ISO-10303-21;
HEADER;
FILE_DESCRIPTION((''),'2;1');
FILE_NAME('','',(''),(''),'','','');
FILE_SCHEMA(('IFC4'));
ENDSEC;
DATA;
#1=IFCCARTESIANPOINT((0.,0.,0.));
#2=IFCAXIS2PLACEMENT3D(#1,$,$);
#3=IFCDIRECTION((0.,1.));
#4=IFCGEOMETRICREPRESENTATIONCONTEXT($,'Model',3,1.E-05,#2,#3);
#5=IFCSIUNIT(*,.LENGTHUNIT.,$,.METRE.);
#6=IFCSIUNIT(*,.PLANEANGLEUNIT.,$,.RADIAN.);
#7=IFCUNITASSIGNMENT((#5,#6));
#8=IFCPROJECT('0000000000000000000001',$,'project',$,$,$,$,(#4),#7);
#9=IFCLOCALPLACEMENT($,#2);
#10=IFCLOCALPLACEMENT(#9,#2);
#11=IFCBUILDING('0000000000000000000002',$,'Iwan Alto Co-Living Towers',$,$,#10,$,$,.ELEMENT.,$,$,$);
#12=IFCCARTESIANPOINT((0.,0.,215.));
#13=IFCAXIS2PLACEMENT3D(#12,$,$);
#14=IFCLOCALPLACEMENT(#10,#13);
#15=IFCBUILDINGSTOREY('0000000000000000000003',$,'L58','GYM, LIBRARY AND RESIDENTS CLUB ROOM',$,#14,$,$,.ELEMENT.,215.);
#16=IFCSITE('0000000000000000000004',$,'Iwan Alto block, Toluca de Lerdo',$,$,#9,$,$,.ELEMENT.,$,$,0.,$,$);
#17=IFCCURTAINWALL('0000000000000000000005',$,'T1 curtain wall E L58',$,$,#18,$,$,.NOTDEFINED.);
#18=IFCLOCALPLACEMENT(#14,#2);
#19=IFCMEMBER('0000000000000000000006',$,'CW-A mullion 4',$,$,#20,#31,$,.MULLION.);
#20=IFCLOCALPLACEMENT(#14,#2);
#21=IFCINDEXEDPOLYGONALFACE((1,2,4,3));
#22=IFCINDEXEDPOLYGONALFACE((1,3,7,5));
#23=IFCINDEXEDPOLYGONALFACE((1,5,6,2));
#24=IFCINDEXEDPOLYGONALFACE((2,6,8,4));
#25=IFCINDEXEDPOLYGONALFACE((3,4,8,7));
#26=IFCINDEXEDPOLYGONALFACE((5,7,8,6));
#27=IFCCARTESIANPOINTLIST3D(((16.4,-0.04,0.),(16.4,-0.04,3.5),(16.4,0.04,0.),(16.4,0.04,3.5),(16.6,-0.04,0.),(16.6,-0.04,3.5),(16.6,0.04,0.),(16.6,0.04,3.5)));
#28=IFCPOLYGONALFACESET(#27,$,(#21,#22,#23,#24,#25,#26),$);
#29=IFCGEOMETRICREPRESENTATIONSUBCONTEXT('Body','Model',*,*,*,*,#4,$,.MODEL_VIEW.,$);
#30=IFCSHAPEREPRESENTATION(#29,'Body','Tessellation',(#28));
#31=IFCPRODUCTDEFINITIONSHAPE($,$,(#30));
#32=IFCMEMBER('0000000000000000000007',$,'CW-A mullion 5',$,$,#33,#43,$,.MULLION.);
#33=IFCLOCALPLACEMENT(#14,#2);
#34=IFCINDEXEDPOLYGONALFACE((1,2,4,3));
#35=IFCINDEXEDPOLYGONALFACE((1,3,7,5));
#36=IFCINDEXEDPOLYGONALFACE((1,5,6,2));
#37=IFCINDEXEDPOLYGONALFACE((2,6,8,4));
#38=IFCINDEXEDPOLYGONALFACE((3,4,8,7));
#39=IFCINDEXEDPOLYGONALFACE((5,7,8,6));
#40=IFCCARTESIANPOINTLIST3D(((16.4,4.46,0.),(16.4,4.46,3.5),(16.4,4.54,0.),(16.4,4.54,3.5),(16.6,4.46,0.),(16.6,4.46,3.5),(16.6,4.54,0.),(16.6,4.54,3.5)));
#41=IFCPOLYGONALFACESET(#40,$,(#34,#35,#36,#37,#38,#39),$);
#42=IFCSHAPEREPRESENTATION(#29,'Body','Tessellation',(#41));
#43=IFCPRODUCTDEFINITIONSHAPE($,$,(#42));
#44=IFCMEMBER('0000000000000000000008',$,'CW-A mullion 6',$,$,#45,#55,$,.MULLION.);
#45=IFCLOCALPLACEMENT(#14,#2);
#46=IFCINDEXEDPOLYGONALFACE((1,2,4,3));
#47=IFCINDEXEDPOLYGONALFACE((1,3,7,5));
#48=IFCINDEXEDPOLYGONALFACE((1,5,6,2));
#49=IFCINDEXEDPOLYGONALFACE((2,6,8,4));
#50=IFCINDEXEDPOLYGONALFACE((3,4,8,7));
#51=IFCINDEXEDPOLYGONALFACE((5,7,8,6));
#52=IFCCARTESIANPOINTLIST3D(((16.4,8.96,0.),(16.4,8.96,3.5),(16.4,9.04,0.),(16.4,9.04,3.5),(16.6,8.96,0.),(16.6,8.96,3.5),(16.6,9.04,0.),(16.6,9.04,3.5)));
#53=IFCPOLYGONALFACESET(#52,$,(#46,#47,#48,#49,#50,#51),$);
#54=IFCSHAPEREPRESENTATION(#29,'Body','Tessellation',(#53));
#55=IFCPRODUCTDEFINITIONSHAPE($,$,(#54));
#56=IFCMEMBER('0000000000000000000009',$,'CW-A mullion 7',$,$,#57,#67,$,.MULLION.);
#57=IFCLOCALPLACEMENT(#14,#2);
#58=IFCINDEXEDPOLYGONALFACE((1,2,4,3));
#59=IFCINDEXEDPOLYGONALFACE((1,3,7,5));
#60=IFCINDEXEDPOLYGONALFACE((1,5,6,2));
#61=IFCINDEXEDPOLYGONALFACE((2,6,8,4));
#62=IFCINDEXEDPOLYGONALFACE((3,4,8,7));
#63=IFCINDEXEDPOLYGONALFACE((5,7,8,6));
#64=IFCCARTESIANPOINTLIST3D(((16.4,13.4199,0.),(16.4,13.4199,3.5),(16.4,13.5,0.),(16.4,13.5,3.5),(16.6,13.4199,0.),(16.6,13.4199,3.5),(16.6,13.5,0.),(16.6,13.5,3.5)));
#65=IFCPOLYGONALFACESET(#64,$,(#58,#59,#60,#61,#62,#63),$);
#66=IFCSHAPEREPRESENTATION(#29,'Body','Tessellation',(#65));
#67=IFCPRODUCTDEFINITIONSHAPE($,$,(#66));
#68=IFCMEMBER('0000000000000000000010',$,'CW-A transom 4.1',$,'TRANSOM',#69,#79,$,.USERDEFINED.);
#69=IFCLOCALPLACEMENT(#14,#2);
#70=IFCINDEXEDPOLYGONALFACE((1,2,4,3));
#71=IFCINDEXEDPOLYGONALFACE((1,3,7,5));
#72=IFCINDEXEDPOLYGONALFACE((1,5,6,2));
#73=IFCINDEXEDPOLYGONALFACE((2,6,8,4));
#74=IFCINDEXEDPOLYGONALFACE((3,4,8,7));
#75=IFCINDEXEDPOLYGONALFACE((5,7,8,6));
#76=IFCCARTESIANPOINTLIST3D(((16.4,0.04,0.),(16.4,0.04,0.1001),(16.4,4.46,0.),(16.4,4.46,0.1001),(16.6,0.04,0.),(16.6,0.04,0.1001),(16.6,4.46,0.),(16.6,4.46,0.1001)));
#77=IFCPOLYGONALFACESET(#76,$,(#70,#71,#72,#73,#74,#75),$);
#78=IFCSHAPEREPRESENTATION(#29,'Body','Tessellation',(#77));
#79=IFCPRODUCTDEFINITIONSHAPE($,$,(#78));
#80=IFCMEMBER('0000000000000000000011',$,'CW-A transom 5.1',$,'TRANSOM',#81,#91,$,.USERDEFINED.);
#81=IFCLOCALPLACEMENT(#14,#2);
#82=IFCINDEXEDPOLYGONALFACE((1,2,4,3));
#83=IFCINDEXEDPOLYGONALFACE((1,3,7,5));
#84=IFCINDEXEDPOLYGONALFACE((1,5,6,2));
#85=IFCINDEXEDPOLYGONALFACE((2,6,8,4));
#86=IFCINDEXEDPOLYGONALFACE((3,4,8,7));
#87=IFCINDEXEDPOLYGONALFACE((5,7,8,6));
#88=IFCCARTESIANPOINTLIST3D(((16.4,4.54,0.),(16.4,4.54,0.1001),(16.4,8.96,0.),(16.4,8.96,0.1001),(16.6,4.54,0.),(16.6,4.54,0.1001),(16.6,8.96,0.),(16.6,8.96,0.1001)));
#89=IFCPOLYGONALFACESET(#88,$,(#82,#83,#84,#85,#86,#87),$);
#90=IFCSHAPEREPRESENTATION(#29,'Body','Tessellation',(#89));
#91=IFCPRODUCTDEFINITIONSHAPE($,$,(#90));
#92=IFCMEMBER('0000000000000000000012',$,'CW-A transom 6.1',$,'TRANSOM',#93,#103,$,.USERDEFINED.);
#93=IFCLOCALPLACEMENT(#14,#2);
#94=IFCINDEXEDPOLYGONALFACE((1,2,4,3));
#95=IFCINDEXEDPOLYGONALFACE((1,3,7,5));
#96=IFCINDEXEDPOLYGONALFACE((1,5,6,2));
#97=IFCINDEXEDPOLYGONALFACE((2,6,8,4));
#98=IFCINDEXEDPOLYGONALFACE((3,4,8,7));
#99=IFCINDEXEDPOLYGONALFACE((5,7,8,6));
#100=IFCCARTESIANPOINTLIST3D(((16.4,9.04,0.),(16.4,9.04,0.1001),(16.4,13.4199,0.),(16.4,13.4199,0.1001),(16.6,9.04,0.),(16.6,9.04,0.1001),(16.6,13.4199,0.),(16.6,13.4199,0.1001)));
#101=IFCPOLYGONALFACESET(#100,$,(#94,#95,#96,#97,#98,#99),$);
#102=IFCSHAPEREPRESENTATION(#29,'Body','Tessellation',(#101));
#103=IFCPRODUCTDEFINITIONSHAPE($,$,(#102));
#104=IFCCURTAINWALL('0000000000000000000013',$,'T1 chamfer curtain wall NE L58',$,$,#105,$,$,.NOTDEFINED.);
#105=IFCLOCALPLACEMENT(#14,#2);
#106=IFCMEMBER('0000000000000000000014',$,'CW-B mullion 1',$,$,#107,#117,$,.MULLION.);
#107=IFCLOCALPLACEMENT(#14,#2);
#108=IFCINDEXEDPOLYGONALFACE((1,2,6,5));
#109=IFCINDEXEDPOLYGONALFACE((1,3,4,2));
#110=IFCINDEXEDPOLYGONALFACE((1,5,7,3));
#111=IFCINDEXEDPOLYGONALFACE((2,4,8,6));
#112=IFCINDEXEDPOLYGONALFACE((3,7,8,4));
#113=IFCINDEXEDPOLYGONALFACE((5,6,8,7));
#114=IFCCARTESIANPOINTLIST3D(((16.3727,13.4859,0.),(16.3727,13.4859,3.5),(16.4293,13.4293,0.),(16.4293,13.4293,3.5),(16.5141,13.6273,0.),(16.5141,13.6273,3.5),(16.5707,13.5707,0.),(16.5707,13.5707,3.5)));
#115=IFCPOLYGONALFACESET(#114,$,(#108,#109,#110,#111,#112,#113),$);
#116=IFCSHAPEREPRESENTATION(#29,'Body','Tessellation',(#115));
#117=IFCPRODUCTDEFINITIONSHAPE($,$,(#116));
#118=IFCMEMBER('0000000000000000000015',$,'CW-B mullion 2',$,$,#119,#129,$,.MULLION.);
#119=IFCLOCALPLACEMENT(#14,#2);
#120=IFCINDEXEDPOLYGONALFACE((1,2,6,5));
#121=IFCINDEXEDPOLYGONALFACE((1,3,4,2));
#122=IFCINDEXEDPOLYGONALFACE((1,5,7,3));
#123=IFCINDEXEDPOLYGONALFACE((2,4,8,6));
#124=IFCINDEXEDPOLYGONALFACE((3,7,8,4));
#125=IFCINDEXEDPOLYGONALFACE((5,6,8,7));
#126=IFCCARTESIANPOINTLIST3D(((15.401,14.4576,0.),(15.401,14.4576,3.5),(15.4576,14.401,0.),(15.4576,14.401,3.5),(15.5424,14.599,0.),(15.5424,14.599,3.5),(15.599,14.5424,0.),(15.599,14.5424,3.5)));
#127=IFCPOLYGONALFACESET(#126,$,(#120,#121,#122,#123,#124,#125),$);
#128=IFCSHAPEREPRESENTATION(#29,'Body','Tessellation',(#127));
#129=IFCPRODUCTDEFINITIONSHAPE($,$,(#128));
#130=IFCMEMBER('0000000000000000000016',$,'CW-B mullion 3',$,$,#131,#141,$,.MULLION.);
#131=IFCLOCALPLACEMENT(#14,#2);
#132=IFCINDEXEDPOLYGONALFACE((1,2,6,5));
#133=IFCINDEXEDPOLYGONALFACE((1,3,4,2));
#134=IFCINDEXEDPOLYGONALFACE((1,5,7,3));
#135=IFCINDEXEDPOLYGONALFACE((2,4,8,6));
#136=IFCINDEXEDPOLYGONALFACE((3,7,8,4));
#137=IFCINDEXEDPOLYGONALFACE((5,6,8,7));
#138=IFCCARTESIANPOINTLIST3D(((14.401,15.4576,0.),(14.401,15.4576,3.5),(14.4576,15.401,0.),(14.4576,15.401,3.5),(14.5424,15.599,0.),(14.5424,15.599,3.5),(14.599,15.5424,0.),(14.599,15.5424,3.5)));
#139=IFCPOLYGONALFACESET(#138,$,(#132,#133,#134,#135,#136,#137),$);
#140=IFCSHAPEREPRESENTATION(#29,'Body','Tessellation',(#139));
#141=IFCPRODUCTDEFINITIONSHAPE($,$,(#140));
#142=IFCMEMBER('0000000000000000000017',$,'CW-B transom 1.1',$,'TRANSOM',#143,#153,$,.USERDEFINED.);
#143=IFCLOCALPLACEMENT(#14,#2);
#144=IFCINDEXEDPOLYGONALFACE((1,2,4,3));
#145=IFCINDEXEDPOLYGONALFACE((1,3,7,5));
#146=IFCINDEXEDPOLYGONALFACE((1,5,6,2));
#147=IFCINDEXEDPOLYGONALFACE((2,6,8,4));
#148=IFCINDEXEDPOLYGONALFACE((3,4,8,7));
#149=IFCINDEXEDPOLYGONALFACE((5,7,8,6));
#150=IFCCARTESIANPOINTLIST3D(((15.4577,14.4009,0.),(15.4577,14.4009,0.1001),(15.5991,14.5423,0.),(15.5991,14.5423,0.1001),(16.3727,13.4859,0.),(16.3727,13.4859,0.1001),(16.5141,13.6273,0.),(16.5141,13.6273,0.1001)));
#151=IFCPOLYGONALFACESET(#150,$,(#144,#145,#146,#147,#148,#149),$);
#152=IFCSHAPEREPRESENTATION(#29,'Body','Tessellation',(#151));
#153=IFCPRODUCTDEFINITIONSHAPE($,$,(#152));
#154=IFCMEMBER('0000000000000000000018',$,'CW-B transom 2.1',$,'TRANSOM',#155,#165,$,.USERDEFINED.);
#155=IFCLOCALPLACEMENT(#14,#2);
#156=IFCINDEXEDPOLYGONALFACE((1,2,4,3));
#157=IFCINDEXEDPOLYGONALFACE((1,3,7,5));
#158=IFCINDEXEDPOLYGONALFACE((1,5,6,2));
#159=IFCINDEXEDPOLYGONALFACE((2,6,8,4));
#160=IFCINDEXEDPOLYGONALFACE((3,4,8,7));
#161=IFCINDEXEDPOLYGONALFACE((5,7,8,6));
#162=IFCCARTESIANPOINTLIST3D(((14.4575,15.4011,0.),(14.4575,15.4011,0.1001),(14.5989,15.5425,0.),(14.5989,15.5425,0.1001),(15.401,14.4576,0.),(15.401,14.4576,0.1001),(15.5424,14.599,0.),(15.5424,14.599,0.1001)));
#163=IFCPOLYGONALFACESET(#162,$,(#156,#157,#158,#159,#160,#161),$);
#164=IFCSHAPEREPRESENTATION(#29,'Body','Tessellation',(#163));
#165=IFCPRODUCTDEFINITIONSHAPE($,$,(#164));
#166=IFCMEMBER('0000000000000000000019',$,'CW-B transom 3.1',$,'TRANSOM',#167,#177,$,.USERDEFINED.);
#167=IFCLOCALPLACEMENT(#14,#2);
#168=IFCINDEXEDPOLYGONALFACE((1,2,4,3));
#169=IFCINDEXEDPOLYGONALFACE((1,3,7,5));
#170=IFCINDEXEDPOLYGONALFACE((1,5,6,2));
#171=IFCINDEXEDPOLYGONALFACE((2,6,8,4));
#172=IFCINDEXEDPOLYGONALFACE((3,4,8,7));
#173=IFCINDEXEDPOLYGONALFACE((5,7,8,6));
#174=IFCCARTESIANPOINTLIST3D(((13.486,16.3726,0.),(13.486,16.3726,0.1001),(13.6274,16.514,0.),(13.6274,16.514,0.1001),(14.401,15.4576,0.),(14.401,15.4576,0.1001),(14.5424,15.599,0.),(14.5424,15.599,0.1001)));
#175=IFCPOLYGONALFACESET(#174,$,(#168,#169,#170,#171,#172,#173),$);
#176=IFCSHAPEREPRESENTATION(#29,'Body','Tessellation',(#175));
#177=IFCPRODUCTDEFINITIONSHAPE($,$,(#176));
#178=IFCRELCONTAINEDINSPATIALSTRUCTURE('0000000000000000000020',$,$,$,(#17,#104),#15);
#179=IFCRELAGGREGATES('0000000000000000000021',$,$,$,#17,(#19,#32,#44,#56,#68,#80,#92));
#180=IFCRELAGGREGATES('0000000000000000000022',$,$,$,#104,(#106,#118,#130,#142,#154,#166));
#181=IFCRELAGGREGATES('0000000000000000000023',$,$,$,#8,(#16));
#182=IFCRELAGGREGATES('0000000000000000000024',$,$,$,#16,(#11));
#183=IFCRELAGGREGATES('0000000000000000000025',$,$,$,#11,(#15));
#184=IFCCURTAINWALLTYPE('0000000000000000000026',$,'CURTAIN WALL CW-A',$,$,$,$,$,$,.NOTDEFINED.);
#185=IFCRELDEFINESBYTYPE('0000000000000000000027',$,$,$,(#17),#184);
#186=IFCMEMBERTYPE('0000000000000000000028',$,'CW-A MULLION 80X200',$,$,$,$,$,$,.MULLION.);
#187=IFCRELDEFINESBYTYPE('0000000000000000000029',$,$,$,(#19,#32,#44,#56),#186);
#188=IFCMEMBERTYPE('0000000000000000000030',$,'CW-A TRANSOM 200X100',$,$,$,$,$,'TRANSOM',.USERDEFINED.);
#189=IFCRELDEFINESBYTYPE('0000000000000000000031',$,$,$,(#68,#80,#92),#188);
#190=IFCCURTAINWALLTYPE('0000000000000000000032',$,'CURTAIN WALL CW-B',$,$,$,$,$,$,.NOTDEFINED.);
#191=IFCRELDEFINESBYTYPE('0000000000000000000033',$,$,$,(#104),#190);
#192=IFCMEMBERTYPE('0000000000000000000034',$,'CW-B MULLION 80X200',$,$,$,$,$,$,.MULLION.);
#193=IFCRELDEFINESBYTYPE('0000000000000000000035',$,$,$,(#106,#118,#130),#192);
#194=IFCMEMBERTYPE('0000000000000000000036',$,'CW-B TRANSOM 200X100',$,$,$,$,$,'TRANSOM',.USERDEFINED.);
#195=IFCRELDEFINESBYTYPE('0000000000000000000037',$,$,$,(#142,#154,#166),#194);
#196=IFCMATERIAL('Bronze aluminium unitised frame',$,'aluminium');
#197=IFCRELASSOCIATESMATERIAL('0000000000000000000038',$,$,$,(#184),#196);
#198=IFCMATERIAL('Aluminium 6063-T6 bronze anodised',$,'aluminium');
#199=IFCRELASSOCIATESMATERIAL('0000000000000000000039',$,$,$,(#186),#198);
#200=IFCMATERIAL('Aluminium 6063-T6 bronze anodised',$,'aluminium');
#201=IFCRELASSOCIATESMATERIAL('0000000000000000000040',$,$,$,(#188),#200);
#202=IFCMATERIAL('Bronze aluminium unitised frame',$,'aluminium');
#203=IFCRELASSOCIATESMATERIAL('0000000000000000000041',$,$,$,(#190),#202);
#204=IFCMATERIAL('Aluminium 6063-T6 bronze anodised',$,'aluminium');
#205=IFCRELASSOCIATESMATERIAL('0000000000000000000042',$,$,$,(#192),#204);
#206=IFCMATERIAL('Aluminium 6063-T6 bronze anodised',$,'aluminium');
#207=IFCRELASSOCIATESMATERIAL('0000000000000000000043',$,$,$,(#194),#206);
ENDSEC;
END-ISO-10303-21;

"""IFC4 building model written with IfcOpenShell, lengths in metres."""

from ifc_helpers import new_model, si_unit, direction, frame, origin, origin_2d, place, context, subcontext, project, spatial, rectangle, extrude, material, material_profile, profile_set, type_object, element, aggregate, save


model = new_model("IFC4")

# Units and contexts
model_context = context("Model", 3, precision=1e-05, world=origin(), true_north=direction((0.0, 1.0)))
body_context = subcontext(model_context, "Body", "Model", "MODEL_VIEW")
ifc_project = project(units=[si_unit("LENGTHUNIT", "METRE"), si_unit("PLANEANGLEUNIT", "RADIAN")], contexts=[model_context])

# Site, building, storey
site_placement = place(None, origin())
site = spatial("IfcSite", under=ifc_project, at=site_placement, Name="Iwan Alto block, Toluca de Lerdo", CompositionType="ELEMENT", RefElevation=0.0)
building_placement = place(site_placement, origin())
building = spatial("IfcBuilding", under=site, at=building_placement, Name="Iwan Alto Co-Living Towers", CompositionType="ELEMENT")
storey_placement = place(building_placement, frame((0.0, 0.0, 215.0)))
storey = spatial("IfcBuildingStorey", under=building, at=storey_placement, Name="L58", Description="GYM, LIBRARY AND RESIDENTS CLUB ROOM", CompositionType="ELEMENT", Elevation=215.0)

# Curtain walls, members
ifc_material_1 = material(Name="Bronze aluminium unitised frame", Category="aluminium")
curtain_wall_type_1 = type_object("IfcCurtainWallType", Name="CURTAIN WALL CW-A", PredefinedType="NOTDEFINED", material=ifc_material_1)
curtain_wall_1_placement = place(storey_placement, origin())
curtain_wall_1 = element("IfcCurtainWall", 1, at=curtain_wall_1_placement, inside=storey, type_object=curtain_wall_type_1, Name="T1 curtain wall E L58", PredefinedType="NOTDEFINED")
ifc_material_2 = material(Name="Aluminium 6063-T6 bronze anodised", Category="aluminium")
ifc_material_profile_1 = material_profile(ifc_material_2, rectangle(XDim=0.2, YDim=0.0801, at=origin_2d()), Name="AL 80X200")
ifc_profile_set_1 = profile_set([ifc_material_profile_1], Name="Aluminium 6063-T6 bronze anodised")
member_type_1 = type_object("IfcMemberType", Name="CW-A MULLION 80X200", PredefinedType="MULLION", material=ifc_profile_set_1)
member_1_placement = place(storey_placement, frame((16.5, 0.0, 0.0), z_axis=(0.0, 0.0, 1.0), x_axis=(-1.0, 0.0, 0.0)))
member_1 = element("IfcMember", 2, at=member_1_placement, type_object=member_type_1, Name="CW-A mullion 4", PredefinedType="MULLION", context=body_context, shape_type="SweptSolid", body=[
    extrude(rectangle(XDim=0.2, YDim=0.0801, at=origin_2d()), origin(), (0.0, 0.0, 1.0), 3.5),
])
member_2_placement = place(storey_placement, frame((16.5, 4.5, 0.0), z_axis=(0.0, 0.0, 1.0), x_axis=(-1.0, 0.0, 0.0)))
member_2 = element("IfcMember", 3, at=member_2_placement, type_object=member_type_1, Name="CW-A mullion 5", PredefinedType="MULLION", context=body_context, shape_type="SweptSolid", body=[
    extrude(rectangle(XDim=0.2, YDim=0.0801, at=origin_2d()), origin(), (0.0, 0.0, 1.0), 3.5),
])
member_3_placement = place(storey_placement, frame((16.5, 9.0, 0.0), z_axis=(0.0, 0.0, 1.0), x_axis=(-1.0, 0.0, 0.0)))
member_3 = element("IfcMember", 4, at=member_3_placement, type_object=member_type_1, Name="CW-A mullion 6", PredefinedType="MULLION", context=body_context, shape_type="SweptSolid", body=[
    extrude(rectangle(XDim=0.2, YDim=0.0801, at=origin_2d()), origin(), (0.0, 0.0, 1.0), 3.5),
])
member_4_placement = place(storey_placement, frame((16.5, 13.46, 0.0), z_axis=(0.0, 0.0, 1.0), x_axis=(-1.0, 0.0, 0.0)))
member_4 = element("IfcMember", 5, at=member_4_placement, type_object=member_type_1, Name="CW-A mullion 7", PredefinedType="MULLION", context=body_context, shape_type="SweptSolid", body=[
    extrude(rectangle(XDim=0.2, YDim=0.0801, at=origin_2d()), origin(), (0.0, 0.0, 1.0), 3.5),
])
ifc_material_3 = material(Name="Aluminium 6063-T6 bronze anodised", Category="aluminium")
ifc_material_profile_2 = material_profile(ifc_material_3, rectangle(XDim=0.2, YDim=0.1001, at=origin_2d()), Name="AL 200X100")
ifc_profile_set_2 = profile_set([ifc_material_profile_2], Name="Aluminium 6063-T6 bronze anodised")
member_type_2 = type_object("IfcMemberType", Name="CW-A TRANSOM 200X100", ElementType="TRANSOM", PredefinedType="USERDEFINED", material=ifc_profile_set_2)
member_5_placement = place(storey_placement, frame((16.5, 0.04, 0.05), z_axis=(0.0, 1.0, 0.0), x_axis=(-1.0, 0.0, 0.0)))
member_5 = element("IfcMember", 6, at=member_5_placement, type_object=member_type_2, Name="CW-A transom 4.1", ObjectType="TRANSOM", PredefinedType="USERDEFINED", context=body_context, shape_type="SweptSolid", body=[
    extrude(rectangle(XDim=0.2, YDim=0.1001, at=origin_2d()), origin(), (0.0, 0.0, 1.0), 4.4199),
])
member_6_placement = place(storey_placement, frame((16.5, 4.54, 0.05), z_axis=(0.0, 1.0, 0.0), x_axis=(-1.0, 0.0, 0.0)))
member_6 = element("IfcMember", 7, at=member_6_placement, type_object=member_type_2, Name="CW-A transom 5.1", ObjectType="TRANSOM", PredefinedType="USERDEFINED", context=body_context, shape_type="SweptSolid", body=[
    extrude(rectangle(XDim=0.2, YDim=0.1001, at=origin_2d()), origin(), (0.0, 0.0, 1.0), 4.4199),
])
member_7_placement = place(storey_placement, frame((16.5, 9.04, 0.05), z_axis=(0.0, 1.0, 0.0), x_axis=(-1.0, 0.0, 0.0)))
member_7 = element("IfcMember", 8, at=member_7_placement, type_object=member_type_2, Name="CW-A transom 6.1", ObjectType="TRANSOM", PredefinedType="USERDEFINED", context=body_context, shape_type="SweptSolid", body=[
    extrude(rectangle(XDim=0.2, YDim=0.1001, at=origin_2d()), origin(), (0.0, 0.0, 1.0), 4.3799),
])
ifc_material_4 = material(Name="Bronze aluminium unitised frame", Category="aluminium")
curtain_wall_type_2 = type_object("IfcCurtainWallType", Name="CURTAIN WALL CW-B", PredefinedType="NOTDEFINED", material=ifc_material_4)
curtain_wall_2_placement = place(storey_placement, origin())
curtain_wall_2 = element("IfcCurtainWall", 9, at=curtain_wall_2_placement, inside=storey, type_object=curtain_wall_type_2, Name="T1 chamfer curtain wall NE L58", PredefinedType="NOTDEFINED")
ifc_material_5 = material(Name="Aluminium 6063-T6 bronze anodised", Category="aluminium")
ifc_material_profile_3 = material_profile(ifc_material_5, rectangle(XDim=0.2, YDim=0.0801, at=origin_2d()), Name="AL 80X200")
ifc_profile_set_3 = profile_set([ifc_material_profile_3], Name="Aluminium 6063-T6 bronze anodised")
member_type_3 = type_object("IfcMemberType", Name="CW-B MULLION 80X200", PredefinedType="MULLION", material=ifc_profile_set_3)
member_8_placement = place(storey_placement, frame((16.4717, 13.5283, 0.0), z_axis=(0.0, 0.0, 1.0), x_axis=(-0.707107, -0.707107, 0.0)))
member_8 = element("IfcMember", 10, at=member_8_placement, type_object=member_type_3, Name="CW-B mullion 1", PredefinedType="MULLION", context=body_context, shape_type="SweptSolid", body=[
    extrude(rectangle(XDim=0.2, YDim=0.0801, at=origin_2d()), origin(), (0.0, 0.0, 1.0), 3.5),
])
member_9_placement = place(storey_placement, frame((15.5, 14.5, 0.0), z_axis=(0.0, 0.0, 1.0), x_axis=(-0.707107, -0.707107, 0.0)))
member_9 = element("IfcMember", 11, at=member_9_placement, type_object=member_type_3, Name="CW-B mullion 2", PredefinedType="MULLION", context=body_context, shape_type="SweptSolid", body=[
    extrude(rectangle(XDim=0.2, YDim=0.0801, at=origin_2d()), origin(), (0.0, 0.0, 1.0), 3.5),
])
member_10_placement = place(storey_placement, frame((14.5, 15.5, 0.0), z_axis=(0.0, 0.0, 1.0), x_axis=(-0.707107, -0.707107, 0.0)))
member_10 = element("IfcMember", 12, at=member_10_placement, type_object=member_type_3, Name="CW-B mullion 3", PredefinedType="MULLION", context=body_context, shape_type="SweptSolid", body=[
    extrude(rectangle(XDim=0.2, YDim=0.0801, at=origin_2d()), origin(), (0.0, 0.0, 1.0), 3.5),
])
ifc_material_6 = material(Name="Aluminium 6063-T6 bronze anodised", Category="aluminium")
ifc_material_profile_4 = material_profile(ifc_material_6, rectangle(XDim=0.2, YDim=0.1001, at=origin_2d()), Name="AL 200X100")
ifc_profile_set_4 = profile_set([ifc_material_profile_4], Name="Aluminium 6063-T6 bronze anodised")
member_type_4 = type_object("IfcMemberType", Name="CW-B TRANSOM 200X100", ElementType="TRANSOM", PredefinedType="USERDEFINED", material=ifc_profile_set_4)
member_11_placement = place(storey_placement, frame((16.4434, 13.5566, 0.05), z_axis=(-0.707107, 0.707107, 0.0), x_axis=(-0.707107, -0.707107, 0.0)))
member_11 = element("IfcMember", 13, at=member_11_placement, type_object=member_type_4, Name="CW-B transom 1.1", ObjectType="TRANSOM", PredefinedType="USERDEFINED", context=body_context, shape_type="SweptSolid", body=[
    extrude(rectangle(XDim=0.2, YDim=0.1001, at=origin_2d()), origin(), (0.0, 0.0, 1.0), 1.2939),
])
member_12_placement = place(storey_placement, frame((15.4717, 14.5283, 0.05), z_axis=(-0.707107, 0.707107, 0.0), x_axis=(-0.707107, -0.707107, 0.0)))
member_12 = element("IfcMember", 14, at=member_12_placement, type_object=member_type_4, Name="CW-B transom 2.1", ObjectType="TRANSOM", PredefinedType="USERDEFINED", context=body_context, shape_type="SweptSolid", body=[
    extrude(rectangle(XDim=0.2, YDim=0.1001, at=origin_2d()), origin(), (0.0, 0.0, 1.0), 1.3342),
])
member_13_placement = place(storey_placement, frame((14.4717, 15.5283, 0.05), z_axis=(-0.707107, 0.707107, 0.0), x_axis=(-0.707107, -0.707107, 0.0)))
member_13 = element("IfcMember", 15, at=member_13_placement, type_object=member_type_4, Name="CW-B transom 3.1", ObjectType="TRANSOM", PredefinedType="USERDEFINED", context=body_context, shape_type="SweptSolid", body=[
    extrude(rectangle(XDim=0.2, YDim=0.1001, at=origin_2d()), origin(), (0.0, 0.0, 1.0), 1.2939),
])

aggregate(curtain_wall_1, [member_1, member_2, member_3, member_4, member_5, member_6, member_7])
aggregate(curtain_wall_2, [member_8, member_9, member_10, member_11, member_12, member_13])

save(model, "model.ifc")
